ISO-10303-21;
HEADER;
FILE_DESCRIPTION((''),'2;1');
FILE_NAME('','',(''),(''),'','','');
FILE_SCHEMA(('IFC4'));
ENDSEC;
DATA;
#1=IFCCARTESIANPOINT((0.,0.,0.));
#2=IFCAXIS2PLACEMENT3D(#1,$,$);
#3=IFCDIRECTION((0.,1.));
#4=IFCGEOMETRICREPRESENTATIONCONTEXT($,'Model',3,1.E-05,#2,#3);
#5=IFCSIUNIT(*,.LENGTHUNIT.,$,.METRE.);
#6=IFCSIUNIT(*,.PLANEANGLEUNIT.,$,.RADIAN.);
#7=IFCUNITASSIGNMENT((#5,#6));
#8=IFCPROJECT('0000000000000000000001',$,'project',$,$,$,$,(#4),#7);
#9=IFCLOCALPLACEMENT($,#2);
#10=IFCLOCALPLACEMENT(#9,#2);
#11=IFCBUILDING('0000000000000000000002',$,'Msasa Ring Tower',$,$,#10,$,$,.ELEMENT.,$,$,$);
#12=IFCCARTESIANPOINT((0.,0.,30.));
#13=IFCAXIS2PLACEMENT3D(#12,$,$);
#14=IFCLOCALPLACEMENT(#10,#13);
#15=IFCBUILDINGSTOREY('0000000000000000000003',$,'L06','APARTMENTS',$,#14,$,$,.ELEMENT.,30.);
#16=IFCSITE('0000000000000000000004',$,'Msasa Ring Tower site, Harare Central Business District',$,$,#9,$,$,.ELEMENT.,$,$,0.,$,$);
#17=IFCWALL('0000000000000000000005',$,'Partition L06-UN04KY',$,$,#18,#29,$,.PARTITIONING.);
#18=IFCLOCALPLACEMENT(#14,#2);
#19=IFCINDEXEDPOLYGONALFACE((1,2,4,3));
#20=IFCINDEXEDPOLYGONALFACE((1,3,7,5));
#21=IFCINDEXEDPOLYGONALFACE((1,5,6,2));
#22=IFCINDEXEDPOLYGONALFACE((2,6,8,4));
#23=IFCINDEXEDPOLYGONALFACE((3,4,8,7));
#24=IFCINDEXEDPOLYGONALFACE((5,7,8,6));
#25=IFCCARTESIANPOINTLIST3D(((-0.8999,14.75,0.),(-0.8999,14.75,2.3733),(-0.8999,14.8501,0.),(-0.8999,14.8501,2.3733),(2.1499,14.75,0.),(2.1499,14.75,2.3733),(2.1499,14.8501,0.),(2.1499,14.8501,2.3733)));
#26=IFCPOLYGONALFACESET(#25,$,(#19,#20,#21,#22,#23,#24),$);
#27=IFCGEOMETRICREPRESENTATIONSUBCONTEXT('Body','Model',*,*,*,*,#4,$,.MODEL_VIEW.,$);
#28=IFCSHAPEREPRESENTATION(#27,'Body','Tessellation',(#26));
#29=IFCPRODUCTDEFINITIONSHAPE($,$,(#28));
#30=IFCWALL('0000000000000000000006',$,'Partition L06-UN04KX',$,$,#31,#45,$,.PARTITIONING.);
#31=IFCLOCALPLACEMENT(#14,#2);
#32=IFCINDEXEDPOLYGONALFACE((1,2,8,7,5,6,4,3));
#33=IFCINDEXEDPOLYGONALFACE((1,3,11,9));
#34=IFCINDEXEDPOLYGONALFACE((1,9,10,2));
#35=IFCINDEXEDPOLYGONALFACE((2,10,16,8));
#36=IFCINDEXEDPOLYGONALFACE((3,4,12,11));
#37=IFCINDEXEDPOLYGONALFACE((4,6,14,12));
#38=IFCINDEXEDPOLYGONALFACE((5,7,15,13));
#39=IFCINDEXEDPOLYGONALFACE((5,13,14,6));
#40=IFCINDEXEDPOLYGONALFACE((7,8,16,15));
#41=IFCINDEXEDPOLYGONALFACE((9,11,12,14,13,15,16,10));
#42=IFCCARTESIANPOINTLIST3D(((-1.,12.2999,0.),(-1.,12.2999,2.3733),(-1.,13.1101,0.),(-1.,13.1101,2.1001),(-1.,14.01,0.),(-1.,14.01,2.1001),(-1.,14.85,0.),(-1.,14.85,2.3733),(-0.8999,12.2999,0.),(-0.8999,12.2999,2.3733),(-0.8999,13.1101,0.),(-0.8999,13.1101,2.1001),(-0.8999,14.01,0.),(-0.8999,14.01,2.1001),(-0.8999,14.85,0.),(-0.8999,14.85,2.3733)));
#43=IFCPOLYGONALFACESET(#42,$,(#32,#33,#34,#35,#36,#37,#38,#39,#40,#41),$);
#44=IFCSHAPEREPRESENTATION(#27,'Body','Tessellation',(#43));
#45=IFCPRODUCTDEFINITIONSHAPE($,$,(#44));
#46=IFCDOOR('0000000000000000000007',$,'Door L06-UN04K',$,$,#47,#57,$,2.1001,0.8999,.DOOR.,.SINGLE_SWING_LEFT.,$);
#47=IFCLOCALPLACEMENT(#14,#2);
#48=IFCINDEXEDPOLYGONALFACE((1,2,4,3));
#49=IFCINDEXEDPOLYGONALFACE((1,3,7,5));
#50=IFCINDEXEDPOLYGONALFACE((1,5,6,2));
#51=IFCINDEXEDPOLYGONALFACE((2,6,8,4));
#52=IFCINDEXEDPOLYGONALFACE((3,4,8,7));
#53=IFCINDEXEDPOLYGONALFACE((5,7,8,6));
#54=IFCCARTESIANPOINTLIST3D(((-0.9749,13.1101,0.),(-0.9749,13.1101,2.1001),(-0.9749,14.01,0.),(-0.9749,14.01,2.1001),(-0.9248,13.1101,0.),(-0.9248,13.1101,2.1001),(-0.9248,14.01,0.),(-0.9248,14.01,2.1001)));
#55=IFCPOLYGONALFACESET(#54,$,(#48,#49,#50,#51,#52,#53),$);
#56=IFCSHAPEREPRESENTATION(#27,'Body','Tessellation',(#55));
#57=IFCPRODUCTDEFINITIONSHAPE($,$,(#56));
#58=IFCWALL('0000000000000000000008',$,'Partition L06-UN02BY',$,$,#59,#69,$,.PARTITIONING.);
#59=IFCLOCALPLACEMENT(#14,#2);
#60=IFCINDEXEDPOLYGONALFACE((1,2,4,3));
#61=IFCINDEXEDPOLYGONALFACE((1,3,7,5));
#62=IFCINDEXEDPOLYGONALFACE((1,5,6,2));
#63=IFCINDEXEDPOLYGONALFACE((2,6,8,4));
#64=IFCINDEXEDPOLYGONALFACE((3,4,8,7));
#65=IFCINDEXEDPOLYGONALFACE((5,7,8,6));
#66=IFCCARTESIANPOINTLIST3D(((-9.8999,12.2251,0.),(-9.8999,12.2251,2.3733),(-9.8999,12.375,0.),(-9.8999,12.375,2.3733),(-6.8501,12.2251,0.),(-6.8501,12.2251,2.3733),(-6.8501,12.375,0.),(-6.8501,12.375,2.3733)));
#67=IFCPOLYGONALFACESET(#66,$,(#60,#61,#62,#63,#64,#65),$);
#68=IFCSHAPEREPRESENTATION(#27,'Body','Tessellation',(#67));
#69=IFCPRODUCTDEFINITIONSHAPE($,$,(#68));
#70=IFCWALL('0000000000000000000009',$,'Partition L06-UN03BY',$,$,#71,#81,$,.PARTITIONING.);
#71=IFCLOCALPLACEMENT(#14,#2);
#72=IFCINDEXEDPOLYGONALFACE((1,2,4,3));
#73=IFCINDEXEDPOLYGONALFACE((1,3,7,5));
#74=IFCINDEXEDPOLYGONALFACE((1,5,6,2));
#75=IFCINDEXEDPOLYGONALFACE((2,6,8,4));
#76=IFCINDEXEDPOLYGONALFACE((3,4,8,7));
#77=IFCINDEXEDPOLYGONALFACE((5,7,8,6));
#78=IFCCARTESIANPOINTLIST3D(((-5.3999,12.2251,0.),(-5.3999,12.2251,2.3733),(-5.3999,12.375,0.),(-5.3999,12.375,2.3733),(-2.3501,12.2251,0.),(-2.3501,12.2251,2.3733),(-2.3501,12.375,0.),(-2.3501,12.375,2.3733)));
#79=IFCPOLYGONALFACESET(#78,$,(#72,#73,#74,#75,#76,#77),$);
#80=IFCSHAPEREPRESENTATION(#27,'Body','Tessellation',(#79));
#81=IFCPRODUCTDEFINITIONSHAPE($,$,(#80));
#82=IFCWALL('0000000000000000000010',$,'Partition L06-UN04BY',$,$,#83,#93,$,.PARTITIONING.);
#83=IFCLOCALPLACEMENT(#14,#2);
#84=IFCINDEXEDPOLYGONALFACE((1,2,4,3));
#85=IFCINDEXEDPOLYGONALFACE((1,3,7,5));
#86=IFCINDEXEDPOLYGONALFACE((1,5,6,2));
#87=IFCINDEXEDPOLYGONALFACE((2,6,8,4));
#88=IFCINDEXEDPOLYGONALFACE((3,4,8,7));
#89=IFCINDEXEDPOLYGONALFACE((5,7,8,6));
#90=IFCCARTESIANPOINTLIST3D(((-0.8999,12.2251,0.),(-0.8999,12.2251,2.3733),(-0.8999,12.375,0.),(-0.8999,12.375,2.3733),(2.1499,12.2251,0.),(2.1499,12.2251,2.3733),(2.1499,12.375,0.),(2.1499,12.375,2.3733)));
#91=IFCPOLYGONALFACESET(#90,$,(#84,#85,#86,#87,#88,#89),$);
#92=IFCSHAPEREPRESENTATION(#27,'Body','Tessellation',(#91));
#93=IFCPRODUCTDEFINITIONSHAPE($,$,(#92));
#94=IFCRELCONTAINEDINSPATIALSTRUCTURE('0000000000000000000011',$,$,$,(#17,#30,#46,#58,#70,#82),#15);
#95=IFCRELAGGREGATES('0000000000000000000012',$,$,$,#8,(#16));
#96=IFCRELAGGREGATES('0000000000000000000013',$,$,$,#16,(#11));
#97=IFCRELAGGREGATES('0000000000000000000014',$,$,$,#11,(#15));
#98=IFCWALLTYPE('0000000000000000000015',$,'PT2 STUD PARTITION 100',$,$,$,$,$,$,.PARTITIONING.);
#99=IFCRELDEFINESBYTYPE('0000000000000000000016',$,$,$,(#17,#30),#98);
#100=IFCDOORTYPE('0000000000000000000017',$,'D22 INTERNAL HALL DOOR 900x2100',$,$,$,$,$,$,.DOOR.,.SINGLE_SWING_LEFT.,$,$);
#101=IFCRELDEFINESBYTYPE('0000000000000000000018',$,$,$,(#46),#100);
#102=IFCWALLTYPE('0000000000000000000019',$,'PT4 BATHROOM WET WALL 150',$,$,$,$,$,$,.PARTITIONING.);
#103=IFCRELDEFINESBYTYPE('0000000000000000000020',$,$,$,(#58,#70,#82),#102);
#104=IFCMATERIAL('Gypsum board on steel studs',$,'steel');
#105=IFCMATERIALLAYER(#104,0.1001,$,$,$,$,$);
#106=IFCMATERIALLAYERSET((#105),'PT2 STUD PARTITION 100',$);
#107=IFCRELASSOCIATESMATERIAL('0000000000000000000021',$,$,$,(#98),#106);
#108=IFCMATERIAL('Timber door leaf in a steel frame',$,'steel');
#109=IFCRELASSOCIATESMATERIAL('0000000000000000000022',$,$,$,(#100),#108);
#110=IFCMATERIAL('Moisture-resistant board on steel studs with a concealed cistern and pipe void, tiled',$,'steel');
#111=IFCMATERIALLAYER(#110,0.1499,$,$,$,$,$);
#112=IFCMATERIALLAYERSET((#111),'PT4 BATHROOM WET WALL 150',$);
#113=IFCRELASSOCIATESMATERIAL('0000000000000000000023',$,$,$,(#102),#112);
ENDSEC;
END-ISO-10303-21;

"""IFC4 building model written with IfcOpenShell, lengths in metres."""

from ifc_helpers import new_model, si_unit, direction, frame, frame_2d, origin, place, context, subcontext, project, spatial, rectangle, extrude, material, layer, layer_set, type_object, element, fill, save


model = new_model("IFC4")

# Units and contexts
model_context = context("Model", 3, precision=1e-05, world=origin(), true_north=direction((0.0, 1.0)))
body_context = subcontext(model_context, "Body", "Model", "MODEL_VIEW")
ifc_project = project(units=[si_unit("LENGTHUNIT", "METRE"), si_unit("PLANEANGLEUNIT", "RADIAN")], contexts=[model_context])

# Site, building, storey
site_placement = place(None, origin())
site = spatial("IfcSite", under=ifc_project, at=site_placement, Name="Msasa Ring Tower site, Harare Central Business District", CompositionType="ELEMENT", RefElevation=0.0)
building_placement = place(site_placement, origin())
building = spatial("IfcBuilding", under=site, at=building_placement, Name="Msasa Ring Tower", CompositionType="ELEMENT")
storey_placement = place(building_placement, frame((0.0, 0.0, 30.0)))
storey = spatial("IfcBuildingStorey", under=building, at=storey_placement, Name="L06", Description="APARTMENTS", CompositionType="ELEMENT", Elevation=30.0)

# Shared definitions
ifc_material_1 = material(Name="Gypsum board on steel studs", Category="steel")
ifc_layer_1 = layer(ifc_material_1, 0.1001)
ifc_layer_set_1 = layer_set([ifc_layer_1], Name="PT2 STUD PARTITION 100")
wall_type_1 = type_object("IfcWallType", Name="PT2 STUD PARTITION 100", PredefinedType="PARTITIONING", material=ifc_layer_set_1)

# Shared definitions
ifc_material_2 = material(Name="Timber door leaf in a steel frame", Category="steel")
door_type = type_object("IfcDoorType", Name="D22 INTERNAL HALL DOOR 900x2100", OperationType="SINGLE_SWING_LEFT", PredefinedType="DOOR", material=ifc_material_2)

# Wall
wall_1_placement = place(storey_placement, frame((-0.8999, 14.8, 0.0), z_axis=(0.0, 0.0, 1.0), x_axis=(1.0, 0.0, 0.0)))
element("IfcWall", 1, at=wall_1_placement, inside=storey, type_object=wall_type_1, Name="Partition L06-UN04KY", PredefinedType="PARTITIONING", context=body_context, shape_type="SweptSolid", body=[
    extrude(rectangle(XDim=3.0498, YDim=0.1001, at=frame_2d((1.5249, 0.0))), origin(), (0.0, 0.0, 1.0), 2.3733),
])

# Wall, opening, door
wall_2_placement = place(storey_placement, frame((-0.95, 12.3, 0.0), z_axis=(0.0, 0.0, 1.0), x_axis=(0.0, 1.0, 0.0)))
wall_2 = element("IfcWall", 2, at=wall_2_placement, inside=storey, type_object=wall_type_1, Name="Partition L06-UN04KX", PredefinedType="PARTITIONING", context=body_context, shape_type="SweptSolid", body=[
    extrude(rectangle(XDim=2.55, YDim=0.1001, at=frame_2d((1.2749, 0.0))), origin(), (0.0, 0.0, 1.0), 2.3733),
])
opening_1_placement = place(wall_2_placement, frame((0.8101, 0.0, 0.0)))
opening_1 = element("IfcOpeningElement", 3, at=opening_1_placement, cuts=wall_2, PredefinedType="OPENING", context=body_context, shape_type="SweptSolid", body=[
    extrude(rectangle(XDim=0.8999, YDim=2.1001, at=frame_2d((0.45, 1.05))), frame((0.0, 0.0601, 0.0), z_axis=(0.0, -1.0, 0.0), x_axis=(1.0, 0.0, 0.0)), (0.0, 0.0, 1.0), 0.1201),
])
door_1_placement = place(opening_1_placement, origin())
door_1 = element("IfcDoor", 4, at=door_1_placement, inside=storey, type_object=door_type, Name="Door L06-UN04K", OperationType="SINGLE_SWING_LEFT", OverallHeight=2.1001, OverallWidth=0.8999, PredefinedType="DOOR", context=body_context, shape_type="SweptSolid", body=[
    extrude(rectangle(XDim=0.8999, YDim=2.1001, at=frame_2d((0.45, 1.05))), frame((0.0, 0.0249, 0.0), z_axis=(0.0, -1.0, 0.0), x_axis=(1.0, 0.0, 0.0)), (0.0, 0.0, 1.0), 0.05),
])
fill(opening_1, door_1)

# Walls
ifc_material_3 = material(Name="Moisture-resistant board on steel studs with a concealed cistern and pipe void, tiled", Category="steel")
ifc_layer_2 = layer(ifc_material_3, 0.1499)
ifc_layer_set_2 = layer_set([ifc_layer_2], Name="PT4 BATHROOM WET WALL 150")
wall_type_2 = type_object("IfcWallType", Name="PT4 BATHROOM WET WALL 150", PredefinedType="PARTITIONING", material=ifc_layer_set_2)
for number, where, z_axis, x_axis, name in (
    (5, (-9.8999, 12.3, 0.0), (0.0, 0.0, 1.0), (1.0, 0.0, 0.0), "Partition L06-UN02BY"),
    (6, (-5.3999, 12.3, 0.0), (0.0, 0.0, 1.0), (1.0, 0.0, 0.0), "Partition L06-UN03BY"),
    (7, (-0.8999, 12.3, 0.0), (0.0, 0.0, 1.0), (1.0, 0.0, 0.0), "Partition L06-UN04BY"),
):
    element("IfcWall", number, at=place(storey_placement, frame(where, z_axis=z_axis, x_axis=x_axis)), inside=storey, type_object=wall_type_2, Name=name, PredefinedType="PARTITIONING", context=body_context, shape_type="SweptSolid", body=[
        extrude(rectangle(XDim=3.0498, YDim=0.1499, at=frame_2d((1.5249, 0.0))), origin(), (0.0, 0.0, 1.0), 2.3733),
    ])

save(model, "model.ifc")
